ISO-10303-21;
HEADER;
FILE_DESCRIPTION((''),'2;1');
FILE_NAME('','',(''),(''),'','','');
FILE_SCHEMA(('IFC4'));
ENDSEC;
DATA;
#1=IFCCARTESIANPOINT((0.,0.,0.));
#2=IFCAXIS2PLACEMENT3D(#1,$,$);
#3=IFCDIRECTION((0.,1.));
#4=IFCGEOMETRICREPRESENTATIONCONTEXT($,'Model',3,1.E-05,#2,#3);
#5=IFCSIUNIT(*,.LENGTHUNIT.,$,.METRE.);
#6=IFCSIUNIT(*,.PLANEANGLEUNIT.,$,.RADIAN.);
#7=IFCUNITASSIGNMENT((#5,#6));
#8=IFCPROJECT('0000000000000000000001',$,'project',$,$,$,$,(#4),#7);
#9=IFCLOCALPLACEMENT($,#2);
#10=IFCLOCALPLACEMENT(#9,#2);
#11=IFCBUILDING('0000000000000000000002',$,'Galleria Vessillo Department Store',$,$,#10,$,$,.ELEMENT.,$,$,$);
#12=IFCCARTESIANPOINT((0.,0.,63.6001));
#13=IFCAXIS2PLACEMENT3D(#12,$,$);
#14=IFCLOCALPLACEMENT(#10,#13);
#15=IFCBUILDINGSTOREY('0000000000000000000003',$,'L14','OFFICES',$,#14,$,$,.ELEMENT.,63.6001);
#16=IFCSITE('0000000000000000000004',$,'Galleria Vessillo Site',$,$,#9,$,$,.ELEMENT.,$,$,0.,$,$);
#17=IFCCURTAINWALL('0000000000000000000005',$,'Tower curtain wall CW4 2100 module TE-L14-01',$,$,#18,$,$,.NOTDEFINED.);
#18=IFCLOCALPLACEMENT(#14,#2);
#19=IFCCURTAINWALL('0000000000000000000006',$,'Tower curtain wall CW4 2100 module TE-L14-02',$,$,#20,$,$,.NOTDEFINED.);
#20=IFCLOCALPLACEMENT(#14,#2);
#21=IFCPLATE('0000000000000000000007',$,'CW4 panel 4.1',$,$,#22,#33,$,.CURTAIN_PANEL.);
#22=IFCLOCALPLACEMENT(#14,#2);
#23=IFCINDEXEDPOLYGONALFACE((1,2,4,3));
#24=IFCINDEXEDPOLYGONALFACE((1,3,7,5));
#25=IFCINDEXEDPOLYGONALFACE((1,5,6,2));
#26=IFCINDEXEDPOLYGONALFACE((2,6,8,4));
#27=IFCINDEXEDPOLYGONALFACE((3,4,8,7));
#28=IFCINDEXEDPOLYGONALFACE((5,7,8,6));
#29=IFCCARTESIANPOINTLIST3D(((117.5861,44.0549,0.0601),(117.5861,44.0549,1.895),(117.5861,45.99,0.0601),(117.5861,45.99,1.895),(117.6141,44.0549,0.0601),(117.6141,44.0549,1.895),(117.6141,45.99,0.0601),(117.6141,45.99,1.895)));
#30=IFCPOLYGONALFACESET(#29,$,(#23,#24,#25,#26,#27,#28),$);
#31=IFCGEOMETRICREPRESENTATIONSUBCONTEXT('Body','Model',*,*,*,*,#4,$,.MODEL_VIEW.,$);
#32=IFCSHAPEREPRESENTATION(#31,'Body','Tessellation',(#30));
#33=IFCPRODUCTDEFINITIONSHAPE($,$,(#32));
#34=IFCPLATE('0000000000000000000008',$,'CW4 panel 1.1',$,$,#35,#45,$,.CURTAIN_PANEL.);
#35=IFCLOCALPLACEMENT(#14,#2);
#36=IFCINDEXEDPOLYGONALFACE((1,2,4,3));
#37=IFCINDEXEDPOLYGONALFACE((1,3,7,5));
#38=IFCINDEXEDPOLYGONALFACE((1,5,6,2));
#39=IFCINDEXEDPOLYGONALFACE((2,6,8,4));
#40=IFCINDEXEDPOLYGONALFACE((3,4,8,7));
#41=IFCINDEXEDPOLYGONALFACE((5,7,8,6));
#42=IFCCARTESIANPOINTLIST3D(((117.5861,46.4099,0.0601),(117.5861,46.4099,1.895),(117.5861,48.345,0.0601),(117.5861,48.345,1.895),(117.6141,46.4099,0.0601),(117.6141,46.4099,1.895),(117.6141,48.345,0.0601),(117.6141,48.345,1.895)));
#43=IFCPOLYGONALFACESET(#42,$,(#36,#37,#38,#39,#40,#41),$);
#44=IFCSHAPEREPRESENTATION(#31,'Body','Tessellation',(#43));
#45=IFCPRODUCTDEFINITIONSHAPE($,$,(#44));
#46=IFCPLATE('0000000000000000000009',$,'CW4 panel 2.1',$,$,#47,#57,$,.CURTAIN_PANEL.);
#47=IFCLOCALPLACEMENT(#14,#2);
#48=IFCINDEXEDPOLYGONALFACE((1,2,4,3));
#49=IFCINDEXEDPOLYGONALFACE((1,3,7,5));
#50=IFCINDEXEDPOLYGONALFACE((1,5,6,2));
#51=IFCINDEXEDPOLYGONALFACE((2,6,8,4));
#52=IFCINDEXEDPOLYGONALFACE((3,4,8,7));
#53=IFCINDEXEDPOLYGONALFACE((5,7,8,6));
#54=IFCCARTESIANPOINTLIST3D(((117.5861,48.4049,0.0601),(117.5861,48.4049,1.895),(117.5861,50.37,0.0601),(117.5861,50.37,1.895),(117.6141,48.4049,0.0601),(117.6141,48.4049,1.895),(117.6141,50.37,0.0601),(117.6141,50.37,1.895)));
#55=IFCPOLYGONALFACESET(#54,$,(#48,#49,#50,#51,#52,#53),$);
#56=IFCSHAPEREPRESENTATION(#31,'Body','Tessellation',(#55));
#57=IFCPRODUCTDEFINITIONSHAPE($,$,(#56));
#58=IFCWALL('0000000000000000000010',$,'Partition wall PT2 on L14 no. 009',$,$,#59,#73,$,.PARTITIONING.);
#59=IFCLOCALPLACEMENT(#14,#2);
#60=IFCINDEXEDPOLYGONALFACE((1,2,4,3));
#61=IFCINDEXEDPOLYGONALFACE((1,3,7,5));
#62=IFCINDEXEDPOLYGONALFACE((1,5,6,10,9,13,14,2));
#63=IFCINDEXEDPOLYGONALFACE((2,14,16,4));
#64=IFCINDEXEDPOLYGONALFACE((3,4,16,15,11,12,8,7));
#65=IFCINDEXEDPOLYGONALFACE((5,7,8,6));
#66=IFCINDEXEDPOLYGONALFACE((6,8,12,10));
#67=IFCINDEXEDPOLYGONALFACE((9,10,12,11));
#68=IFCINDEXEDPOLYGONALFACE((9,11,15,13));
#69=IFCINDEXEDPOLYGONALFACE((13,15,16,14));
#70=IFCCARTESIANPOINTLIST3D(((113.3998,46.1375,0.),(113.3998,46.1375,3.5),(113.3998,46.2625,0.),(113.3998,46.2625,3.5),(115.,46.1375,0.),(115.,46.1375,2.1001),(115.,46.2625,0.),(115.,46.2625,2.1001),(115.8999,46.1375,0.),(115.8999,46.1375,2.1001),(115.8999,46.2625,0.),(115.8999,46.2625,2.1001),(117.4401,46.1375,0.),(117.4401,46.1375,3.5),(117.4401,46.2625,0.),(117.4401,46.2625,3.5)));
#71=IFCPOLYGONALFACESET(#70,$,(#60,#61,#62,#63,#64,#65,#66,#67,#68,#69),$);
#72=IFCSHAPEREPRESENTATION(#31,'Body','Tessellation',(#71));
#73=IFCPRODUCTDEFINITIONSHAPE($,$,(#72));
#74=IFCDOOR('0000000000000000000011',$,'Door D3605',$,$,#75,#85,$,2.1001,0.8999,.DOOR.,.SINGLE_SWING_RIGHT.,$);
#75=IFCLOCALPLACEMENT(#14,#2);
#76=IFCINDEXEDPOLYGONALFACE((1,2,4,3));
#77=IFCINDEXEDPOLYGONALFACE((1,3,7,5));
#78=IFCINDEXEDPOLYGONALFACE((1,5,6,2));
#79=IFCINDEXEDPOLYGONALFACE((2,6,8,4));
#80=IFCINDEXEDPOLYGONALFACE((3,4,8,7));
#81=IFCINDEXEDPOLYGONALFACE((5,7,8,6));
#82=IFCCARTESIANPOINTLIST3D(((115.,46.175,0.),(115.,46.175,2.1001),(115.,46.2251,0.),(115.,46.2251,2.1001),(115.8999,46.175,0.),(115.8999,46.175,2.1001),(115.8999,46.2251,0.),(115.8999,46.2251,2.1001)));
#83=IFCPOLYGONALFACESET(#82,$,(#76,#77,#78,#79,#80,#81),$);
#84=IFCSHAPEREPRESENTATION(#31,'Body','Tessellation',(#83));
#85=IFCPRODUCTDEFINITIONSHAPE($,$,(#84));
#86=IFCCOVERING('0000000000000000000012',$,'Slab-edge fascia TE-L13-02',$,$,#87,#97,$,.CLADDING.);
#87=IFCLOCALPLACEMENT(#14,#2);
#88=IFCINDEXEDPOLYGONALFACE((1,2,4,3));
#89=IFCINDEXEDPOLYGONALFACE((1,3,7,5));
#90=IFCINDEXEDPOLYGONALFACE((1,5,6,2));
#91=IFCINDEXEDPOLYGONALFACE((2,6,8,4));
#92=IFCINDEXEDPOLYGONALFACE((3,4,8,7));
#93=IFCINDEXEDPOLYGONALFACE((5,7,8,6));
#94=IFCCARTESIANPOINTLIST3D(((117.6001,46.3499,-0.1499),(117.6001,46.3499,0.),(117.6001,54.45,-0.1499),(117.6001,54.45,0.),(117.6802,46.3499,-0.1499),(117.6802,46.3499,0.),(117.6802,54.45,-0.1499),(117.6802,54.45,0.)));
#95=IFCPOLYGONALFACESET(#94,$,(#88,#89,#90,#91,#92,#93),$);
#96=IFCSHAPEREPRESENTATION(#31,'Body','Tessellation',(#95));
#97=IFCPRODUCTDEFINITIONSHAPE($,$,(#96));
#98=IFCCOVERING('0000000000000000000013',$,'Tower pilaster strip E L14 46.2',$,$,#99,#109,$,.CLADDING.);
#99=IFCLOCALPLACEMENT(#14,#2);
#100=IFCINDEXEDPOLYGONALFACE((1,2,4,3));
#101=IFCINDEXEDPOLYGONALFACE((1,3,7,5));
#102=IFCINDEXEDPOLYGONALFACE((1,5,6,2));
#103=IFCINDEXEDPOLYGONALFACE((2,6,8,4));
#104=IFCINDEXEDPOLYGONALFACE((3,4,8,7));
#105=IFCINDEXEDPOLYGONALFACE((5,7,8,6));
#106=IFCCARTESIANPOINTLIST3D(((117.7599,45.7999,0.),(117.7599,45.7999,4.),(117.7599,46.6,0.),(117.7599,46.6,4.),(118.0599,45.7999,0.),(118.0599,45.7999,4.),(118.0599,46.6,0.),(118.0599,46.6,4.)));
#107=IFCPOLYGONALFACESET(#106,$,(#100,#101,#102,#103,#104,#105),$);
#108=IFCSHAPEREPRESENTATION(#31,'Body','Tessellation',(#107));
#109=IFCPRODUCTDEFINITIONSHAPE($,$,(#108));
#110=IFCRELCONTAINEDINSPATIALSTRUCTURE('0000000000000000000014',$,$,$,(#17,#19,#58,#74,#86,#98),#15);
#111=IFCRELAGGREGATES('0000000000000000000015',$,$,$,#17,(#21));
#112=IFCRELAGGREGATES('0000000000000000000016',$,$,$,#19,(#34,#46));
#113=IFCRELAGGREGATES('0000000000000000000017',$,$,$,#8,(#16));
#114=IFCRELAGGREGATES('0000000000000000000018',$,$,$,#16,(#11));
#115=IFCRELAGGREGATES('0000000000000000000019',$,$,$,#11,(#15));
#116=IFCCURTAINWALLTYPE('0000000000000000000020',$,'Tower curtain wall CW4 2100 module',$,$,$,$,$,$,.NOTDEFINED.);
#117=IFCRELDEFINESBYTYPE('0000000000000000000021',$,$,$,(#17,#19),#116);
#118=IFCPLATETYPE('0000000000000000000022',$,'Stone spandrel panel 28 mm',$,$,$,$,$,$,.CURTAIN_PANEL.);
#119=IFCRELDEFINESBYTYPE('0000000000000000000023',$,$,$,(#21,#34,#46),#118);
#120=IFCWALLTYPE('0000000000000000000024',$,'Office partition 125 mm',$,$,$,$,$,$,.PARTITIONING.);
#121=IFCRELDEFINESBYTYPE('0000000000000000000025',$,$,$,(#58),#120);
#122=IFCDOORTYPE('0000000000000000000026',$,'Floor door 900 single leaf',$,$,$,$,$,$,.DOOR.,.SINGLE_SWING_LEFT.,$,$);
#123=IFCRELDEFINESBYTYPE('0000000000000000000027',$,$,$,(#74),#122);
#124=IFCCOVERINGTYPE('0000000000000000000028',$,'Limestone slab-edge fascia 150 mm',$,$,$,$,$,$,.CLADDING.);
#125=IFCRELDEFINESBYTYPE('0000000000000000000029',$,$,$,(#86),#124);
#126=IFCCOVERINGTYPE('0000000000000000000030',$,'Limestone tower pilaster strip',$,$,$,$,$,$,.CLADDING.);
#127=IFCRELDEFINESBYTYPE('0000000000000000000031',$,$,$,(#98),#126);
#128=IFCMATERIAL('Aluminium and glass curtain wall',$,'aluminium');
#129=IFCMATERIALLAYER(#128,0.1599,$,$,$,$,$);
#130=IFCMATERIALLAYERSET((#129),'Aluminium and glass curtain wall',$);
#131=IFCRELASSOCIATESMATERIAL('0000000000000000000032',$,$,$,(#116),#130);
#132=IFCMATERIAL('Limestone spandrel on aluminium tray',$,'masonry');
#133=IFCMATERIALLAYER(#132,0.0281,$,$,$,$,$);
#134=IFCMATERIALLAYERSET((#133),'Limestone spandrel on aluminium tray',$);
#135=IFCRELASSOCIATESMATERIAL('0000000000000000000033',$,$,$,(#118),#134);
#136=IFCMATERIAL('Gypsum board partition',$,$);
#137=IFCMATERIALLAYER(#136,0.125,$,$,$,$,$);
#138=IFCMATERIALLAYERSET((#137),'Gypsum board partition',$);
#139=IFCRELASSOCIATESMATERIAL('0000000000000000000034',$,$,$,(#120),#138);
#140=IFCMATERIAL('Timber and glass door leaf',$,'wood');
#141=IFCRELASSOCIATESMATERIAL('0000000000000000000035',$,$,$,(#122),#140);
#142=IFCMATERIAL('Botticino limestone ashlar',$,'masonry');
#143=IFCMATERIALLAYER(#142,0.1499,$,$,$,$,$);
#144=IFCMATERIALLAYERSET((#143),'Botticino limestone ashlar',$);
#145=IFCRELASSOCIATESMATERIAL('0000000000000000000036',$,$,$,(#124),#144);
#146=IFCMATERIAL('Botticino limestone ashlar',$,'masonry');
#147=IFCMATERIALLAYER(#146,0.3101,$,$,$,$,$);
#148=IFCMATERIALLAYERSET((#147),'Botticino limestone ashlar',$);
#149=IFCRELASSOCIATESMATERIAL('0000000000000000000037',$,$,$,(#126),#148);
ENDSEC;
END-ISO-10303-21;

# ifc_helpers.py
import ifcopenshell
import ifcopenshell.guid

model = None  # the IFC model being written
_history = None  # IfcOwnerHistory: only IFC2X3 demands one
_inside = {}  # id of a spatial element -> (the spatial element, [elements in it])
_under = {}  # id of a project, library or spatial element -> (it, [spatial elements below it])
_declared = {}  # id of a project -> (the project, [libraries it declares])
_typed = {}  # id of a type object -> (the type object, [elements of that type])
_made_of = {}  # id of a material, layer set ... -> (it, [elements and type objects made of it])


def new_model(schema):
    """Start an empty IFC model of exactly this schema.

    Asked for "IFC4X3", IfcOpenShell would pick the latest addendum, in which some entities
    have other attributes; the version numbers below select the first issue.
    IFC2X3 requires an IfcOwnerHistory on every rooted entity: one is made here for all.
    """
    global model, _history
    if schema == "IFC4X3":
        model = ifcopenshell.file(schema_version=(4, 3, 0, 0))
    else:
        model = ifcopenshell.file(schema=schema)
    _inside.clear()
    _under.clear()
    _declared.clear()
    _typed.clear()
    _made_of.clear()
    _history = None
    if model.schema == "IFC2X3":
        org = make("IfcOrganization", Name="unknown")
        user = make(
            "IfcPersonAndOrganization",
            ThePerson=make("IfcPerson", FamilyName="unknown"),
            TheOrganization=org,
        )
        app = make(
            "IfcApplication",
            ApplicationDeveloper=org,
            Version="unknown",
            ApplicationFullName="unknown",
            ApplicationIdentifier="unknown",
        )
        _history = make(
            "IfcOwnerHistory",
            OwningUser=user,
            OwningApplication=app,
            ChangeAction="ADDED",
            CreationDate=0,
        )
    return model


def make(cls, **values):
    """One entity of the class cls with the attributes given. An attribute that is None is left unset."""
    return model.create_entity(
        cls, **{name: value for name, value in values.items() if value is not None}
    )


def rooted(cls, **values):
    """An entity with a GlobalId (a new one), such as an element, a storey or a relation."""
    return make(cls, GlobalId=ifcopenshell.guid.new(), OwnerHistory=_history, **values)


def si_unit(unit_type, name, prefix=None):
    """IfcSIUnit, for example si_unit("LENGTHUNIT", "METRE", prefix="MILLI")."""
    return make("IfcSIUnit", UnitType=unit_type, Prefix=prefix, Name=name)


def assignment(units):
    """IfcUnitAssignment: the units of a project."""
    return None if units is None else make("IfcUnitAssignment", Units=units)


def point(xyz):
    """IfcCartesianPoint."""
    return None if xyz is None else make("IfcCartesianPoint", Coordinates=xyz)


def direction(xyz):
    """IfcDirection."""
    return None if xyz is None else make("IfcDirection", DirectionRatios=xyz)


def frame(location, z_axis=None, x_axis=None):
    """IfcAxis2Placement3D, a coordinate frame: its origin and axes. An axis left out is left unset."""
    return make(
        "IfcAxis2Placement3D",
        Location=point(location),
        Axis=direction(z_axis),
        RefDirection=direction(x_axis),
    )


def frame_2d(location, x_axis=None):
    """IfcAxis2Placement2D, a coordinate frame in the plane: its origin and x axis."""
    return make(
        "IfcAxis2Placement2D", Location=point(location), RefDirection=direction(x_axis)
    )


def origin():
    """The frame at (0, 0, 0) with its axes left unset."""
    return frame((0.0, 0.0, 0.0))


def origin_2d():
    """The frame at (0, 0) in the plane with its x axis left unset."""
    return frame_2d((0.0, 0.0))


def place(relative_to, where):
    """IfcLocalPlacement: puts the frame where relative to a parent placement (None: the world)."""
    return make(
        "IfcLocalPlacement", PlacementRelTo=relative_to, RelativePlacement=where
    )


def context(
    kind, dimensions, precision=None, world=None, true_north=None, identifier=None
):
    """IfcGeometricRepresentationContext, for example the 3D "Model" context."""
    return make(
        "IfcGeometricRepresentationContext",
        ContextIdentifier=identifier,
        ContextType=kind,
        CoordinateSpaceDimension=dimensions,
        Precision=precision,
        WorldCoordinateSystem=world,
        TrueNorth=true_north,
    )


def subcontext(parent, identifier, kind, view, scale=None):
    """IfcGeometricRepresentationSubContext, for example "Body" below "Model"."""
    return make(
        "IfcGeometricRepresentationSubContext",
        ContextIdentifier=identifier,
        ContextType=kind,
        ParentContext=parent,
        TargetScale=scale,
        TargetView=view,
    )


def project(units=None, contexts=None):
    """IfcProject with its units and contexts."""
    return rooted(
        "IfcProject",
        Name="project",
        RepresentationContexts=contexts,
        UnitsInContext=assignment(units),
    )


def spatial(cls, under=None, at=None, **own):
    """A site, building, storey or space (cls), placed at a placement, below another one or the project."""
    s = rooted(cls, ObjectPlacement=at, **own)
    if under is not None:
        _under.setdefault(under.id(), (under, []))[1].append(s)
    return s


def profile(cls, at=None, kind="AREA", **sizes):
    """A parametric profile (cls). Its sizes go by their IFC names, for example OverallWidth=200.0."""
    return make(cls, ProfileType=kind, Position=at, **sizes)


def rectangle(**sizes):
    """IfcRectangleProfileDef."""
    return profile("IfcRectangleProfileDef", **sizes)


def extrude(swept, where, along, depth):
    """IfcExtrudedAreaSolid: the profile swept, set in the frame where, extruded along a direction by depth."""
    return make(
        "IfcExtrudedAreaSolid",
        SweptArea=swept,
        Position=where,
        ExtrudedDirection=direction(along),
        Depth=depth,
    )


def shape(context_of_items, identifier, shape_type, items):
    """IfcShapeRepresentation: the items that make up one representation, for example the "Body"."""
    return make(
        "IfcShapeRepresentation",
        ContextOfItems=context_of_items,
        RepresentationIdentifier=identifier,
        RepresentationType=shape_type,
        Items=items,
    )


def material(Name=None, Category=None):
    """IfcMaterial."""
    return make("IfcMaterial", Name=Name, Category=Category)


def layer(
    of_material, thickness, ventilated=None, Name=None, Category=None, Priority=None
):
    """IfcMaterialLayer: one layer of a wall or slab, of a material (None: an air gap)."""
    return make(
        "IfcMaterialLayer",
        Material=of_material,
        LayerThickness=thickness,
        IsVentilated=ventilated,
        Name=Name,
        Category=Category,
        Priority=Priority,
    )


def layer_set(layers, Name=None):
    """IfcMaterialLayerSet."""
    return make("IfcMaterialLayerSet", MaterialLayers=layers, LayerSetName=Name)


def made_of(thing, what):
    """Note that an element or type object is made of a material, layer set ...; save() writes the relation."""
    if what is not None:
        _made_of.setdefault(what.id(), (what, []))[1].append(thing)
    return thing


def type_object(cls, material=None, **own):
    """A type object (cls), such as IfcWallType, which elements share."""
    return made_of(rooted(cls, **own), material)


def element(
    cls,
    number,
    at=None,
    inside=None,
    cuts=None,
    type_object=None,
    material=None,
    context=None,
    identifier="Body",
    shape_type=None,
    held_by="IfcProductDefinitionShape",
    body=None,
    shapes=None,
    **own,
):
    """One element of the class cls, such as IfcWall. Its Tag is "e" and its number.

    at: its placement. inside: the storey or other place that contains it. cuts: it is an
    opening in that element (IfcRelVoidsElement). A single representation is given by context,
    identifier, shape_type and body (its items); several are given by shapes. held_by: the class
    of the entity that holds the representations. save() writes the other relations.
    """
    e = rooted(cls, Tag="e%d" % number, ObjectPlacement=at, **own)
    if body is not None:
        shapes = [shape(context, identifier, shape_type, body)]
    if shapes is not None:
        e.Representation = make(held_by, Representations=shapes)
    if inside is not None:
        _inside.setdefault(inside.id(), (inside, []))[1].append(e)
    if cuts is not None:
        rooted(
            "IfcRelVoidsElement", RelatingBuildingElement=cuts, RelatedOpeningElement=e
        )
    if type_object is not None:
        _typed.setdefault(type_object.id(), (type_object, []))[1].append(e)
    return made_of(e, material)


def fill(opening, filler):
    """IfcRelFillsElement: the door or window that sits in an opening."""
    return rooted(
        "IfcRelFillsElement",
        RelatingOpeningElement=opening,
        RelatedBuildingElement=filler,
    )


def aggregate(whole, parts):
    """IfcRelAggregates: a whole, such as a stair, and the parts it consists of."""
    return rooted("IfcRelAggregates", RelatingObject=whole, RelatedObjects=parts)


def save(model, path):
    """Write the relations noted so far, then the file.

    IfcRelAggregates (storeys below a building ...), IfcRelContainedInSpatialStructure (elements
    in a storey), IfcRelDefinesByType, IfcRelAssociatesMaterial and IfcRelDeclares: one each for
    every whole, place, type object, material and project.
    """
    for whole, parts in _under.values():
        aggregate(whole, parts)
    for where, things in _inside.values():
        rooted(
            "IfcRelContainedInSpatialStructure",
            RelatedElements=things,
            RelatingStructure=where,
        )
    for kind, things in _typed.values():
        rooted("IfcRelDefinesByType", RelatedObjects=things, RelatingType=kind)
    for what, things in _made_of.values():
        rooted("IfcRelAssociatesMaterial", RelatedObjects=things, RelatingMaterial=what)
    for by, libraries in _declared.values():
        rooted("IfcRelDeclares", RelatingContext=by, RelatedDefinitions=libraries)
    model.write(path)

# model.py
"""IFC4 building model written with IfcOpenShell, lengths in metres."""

from ifc_helpers import new_model, si_unit, direction, frame, frame_2d, origin, origin_2d, place, context, subcontext, project, spatial, rectangle, extrude, material, layer, layer_set, type_object, element, fill, aggregate, save


model = new_model("IFC4")

# Units and contexts
model_context = context("Model", 3, precision=1e-05, world=origin(), true_north=direction((0.0, 1.0)))
body_context = subcontext(model_context, "Body", "Model", "MODEL_VIEW")
ifc_project = project(units=[si_unit("LENGTHUNIT", "METRE"), si_unit("PLANEANGLEUNIT", "RADIAN")], contexts=[model_context])

# Site, building, storey
site_placement = place(None, origin())
site = spatial("IfcSite", under=ifc_project, at=site_placement, Name="Galleria Vessillo Site", CompositionType="ELEMENT", RefElevation=0.0)
building_placement = place(site_placement, origin())
building = spatial("IfcBuilding", under=site, at=building_placement, Name="Galleria Vessillo Department Store", CompositionType="ELEMENT")
storey_placement = place(building_placement, frame((0.0, 0.0, 63.6001)))
storey = spatial("IfcBuildingStorey", under=building, at=storey_placement, Name="L14", Description="OFFICES", CompositionType="ELEMENT", Elevation=63.6001)

# Curtain wall
ifc_material_1 = material(Name="Aluminium and glass curtain wall", Category="aluminium")
ifc_layer_1 = layer(ifc_material_1, 0.1599)
ifc_layer_set_1 = layer_set([ifc_layer_1], Name="Aluminium and glass curtain wall")
curtain_wall_type = type_object("IfcCurtainWallType", Name="Tower curtain wall CW4 2100 module", PredefinedType="NOTDEFINED", material=ifc_layer_set_1)
curtain_wall_1_placement = place(storey_placement, origin())
curtain_wall_1 = element("IfcCurtainWall", 1, at=curtain_wall_1_placement, inside=storey, type_object=curtain_wall_type, Name="Tower curtain wall CW4 2100 module TE-L14-01", PredefinedType="NOTDEFINED")

# Curtain wall
curtain_wall_2_placement = place(storey_placement, origin())
curtain_wall_2 = element("IfcCurtainWall", 2, at=curtain_wall_2_placement, inside=storey, type_object=curtain_wall_type, Name="Tower curtain wall CW4 2100 module TE-L14-02", PredefinedType="NOTDEFINED")

# Plates
ifc_material_2 = material(Name="Limestone spandrel on aluminium tray", Category="masonry")
ifc_layer_2 = layer(ifc_material_2, 0.0281)
ifc_layer_set_2 = layer_set([ifc_layer_2], Name="Limestone spandrel on aluminium tray")
plate_type_1 = type_object("IfcPlateType", Name="Stone spandrel panel 28 mm", PredefinedType="CURTAIN_PANEL", material=ifc_layer_set_2)
plate_1_placement = place(storey_placement, frame((117.6001, 45.0225, 0.0601), z_axis=(0.0, 0.0, 1.0), x_axis=(0.0, 1.0, 0.0)))
plate_1 = element("IfcPlate", 3, at=plate_1_placement, type_object=plate_type_1, Name="CW4 panel 4.1", PredefinedType="CURTAIN_PANEL", context=body_context, shape_type="SweptSolid", body=[
    extrude(rectangle(XDim=1.9351, YDim=0.0281, at=origin_2d()), origin(), (0.0, 0.0, 1.0), 1.835),
])
aggregate(curtain_wall_1, [plate_1])
plate_2_placement = place(storey_placement, frame((117.6001, 47.3774, 0.0601), z_axis=(0.0, 0.0, 1.0), x_axis=(0.0, 1.0, 0.0)))
plate_2 = element("IfcPlate", 4, at=plate_2_placement, type_object=plate_type_1, Name="CW4 panel 1.1", PredefinedType="CURTAIN_PANEL", context=body_context, shape_type="SweptSolid", body=[
    extrude(rectangle(XDim=1.9351, YDim=0.0281, at=origin_2d()), origin(), (0.0, 0.0, 1.0), 1.835),
])
plate_3_placement = place(storey_placement, frame((117.6001, 49.3875, 0.0601), z_axis=(0.0, 0.0, 1.0), x_axis=(0.0, 1.0, 0.0)))
plate_3 = element("IfcPlate", 5, at=plate_3_placement, type_object=plate_type_1, Name="CW4 panel 2.1", PredefinedType="CURTAIN_PANEL", context=body_context, shape_type="SweptSolid", body=[
    extrude(rectangle(XDim=1.9651, YDim=0.0281, at=origin_2d()), origin(), (0.0, 0.0, 1.0), 1.835),
])
aggregate(curtain_wall_2, [plate_2, plate_3])

# Wall, opening, door
ifc_material_3 = material(Name="Gypsum board partition")
ifc_layer_3 = layer(ifc_material_3, 0.125)
ifc_layer_set_3 = layer_set([ifc_layer_3], Name="Gypsum board partition")
wall_type = type_object("IfcWallType", Name="Office partition 125 mm", PredefinedType="PARTITIONING", material=ifc_layer_set_3)
wall_placement = place(storey_placement, frame((113.3999, 46.2, 0.0), z_axis=(0.0, 0.0, 1.0), x_axis=(1.0, 0.0, 0.0)))
wall = element("IfcWall", 6, at=wall_placement, inside=storey, type_object=wall_type, Name="Partition wall PT2 on L14 no. 009", PredefinedType="PARTITIONING", context=body_context, shape_type="SweptSolid", body=[
    extrude(rectangle(XDim=4.0403, YDim=0.125, at=frame_2d((2.02, 0.0))), origin(), (0.0, 0.0, 1.0), 3.5),
])
opening_placement = place(wall_placement, frame((1.6001, 0.0, 0.0)))
opening = element("IfcOpeningElement", 7, at=opening_placement, cuts=wall, PredefinedType="OPENING", context=body_context, shape_type="SweptSolid", body=[
    extrude(rectangle(XDim=0.8999, YDim=2.1001, at=frame_2d((0.45, 1.05))), frame((0.0, 0.0725, 0.0), z_axis=(0.0, -1.0, 0.0), x_axis=(1.0, 0.0, 0.0)), (0.0, 0.0, 1.0), 0.145),
])
ifc_material_4 = material(Name="Timber and glass door leaf", Category="wood")
door_type = type_object("IfcDoorType", Name="Floor door 900 single leaf", OperationType="SINGLE_SWING_LEFT", PredefinedType="DOOR", material=ifc_material_4)
door_placement = place(opening_placement, frame((0.8999, 0.0, 0.0), z_axis=(0.0, 0.0, 1.0), x_axis=(-1.0, 0.0, 0.0)))
door = element("IfcDoor", 8, at=door_placement, inside=storey, type_object=door_type, Name="Door D3605", OperationType="SINGLE_SWING_RIGHT", OverallHeight=2.1001, OverallWidth=0.8999, PredefinedType="DOOR", context=body_context, shape_type="SweptSolid", body=[
    extrude(rectangle(XDim=0.8999, YDim=2.1001, at=frame_2d((0.45, 1.05))), frame((0.0, 0.0249, 0.0), z_axis=(0.0, -1.0, 0.0), x_axis=(1.0, 0.0, 0.0)), (0.0, 0.0, 1.0), 0.05),
])
fill(opening, door)

# Coverings
ifc_material_5 = material(Name="Botticino limestone ashlar", Category="masonry")
ifc_layer_4 = layer(ifc_material_5, 0.1499)
ifc_layer_set_4 = layer_set([ifc_layer_4], Name="Botticino limestone ashlar")
covering_type_1 = type_object("IfcCoveringType", Name="Limestone slab-edge fascia 150 mm", PredefinedType="CLADDING", material=ifc_layer_set_4)
covering_1_placement = place(storey_placement, frame((117.6401, 50.3999, -0.1499), z_axis=(0.0, 0.0, 1.0), x_axis=(1.0, 0.0, 0.0)))
element("IfcCovering", 9, at=covering_1_placement, inside=storey, type_object=covering_type_1, Name="Slab-edge fascia TE-L13-02", PredefinedType="CLADDING", context=body_context, shape_type="SweptSolid", body=[
    extrude(rectangle(XDim=0.0801, YDim=8.1001, at=origin_2d()), origin(), (0.0, 0.0, 1.0), 0.1499),
])
ifc_material_6 = material(Name="Botticino limestone ashlar", Category="masonry")
ifc_layer_5 = layer(ifc_material_6, 0.3101)
ifc_layer_set_5 = layer_set([ifc_layer_5], Name="Botticino limestone ashlar")
covering_type_2 = type_object("IfcCoveringType", Name="Limestone tower pilaster strip", PredefinedType="CLADDING", material=ifc_layer_set_5)
covering_2_placement = place(storey_placement, frame((117.9099, 46.2, 0.0), z_axis=(0.0, 0.0, 1.0), x_axis=(1.0, 0.0, 0.0)))
element("IfcCovering", 10, at=covering_2_placement, inside=storey, type_object=covering_type_2, Name="Tower pilaster strip E L14 46.2", PredefinedType="CLADDING", context=body_context, shape_type="SweptSolid", body=[
    extrude(rectangle(XDim=0.3, YDim=0.8, at=origin_2d()), origin(), (0.0, 0.0, 1.0), 4.0),
])

save(model, "model.ifc")
